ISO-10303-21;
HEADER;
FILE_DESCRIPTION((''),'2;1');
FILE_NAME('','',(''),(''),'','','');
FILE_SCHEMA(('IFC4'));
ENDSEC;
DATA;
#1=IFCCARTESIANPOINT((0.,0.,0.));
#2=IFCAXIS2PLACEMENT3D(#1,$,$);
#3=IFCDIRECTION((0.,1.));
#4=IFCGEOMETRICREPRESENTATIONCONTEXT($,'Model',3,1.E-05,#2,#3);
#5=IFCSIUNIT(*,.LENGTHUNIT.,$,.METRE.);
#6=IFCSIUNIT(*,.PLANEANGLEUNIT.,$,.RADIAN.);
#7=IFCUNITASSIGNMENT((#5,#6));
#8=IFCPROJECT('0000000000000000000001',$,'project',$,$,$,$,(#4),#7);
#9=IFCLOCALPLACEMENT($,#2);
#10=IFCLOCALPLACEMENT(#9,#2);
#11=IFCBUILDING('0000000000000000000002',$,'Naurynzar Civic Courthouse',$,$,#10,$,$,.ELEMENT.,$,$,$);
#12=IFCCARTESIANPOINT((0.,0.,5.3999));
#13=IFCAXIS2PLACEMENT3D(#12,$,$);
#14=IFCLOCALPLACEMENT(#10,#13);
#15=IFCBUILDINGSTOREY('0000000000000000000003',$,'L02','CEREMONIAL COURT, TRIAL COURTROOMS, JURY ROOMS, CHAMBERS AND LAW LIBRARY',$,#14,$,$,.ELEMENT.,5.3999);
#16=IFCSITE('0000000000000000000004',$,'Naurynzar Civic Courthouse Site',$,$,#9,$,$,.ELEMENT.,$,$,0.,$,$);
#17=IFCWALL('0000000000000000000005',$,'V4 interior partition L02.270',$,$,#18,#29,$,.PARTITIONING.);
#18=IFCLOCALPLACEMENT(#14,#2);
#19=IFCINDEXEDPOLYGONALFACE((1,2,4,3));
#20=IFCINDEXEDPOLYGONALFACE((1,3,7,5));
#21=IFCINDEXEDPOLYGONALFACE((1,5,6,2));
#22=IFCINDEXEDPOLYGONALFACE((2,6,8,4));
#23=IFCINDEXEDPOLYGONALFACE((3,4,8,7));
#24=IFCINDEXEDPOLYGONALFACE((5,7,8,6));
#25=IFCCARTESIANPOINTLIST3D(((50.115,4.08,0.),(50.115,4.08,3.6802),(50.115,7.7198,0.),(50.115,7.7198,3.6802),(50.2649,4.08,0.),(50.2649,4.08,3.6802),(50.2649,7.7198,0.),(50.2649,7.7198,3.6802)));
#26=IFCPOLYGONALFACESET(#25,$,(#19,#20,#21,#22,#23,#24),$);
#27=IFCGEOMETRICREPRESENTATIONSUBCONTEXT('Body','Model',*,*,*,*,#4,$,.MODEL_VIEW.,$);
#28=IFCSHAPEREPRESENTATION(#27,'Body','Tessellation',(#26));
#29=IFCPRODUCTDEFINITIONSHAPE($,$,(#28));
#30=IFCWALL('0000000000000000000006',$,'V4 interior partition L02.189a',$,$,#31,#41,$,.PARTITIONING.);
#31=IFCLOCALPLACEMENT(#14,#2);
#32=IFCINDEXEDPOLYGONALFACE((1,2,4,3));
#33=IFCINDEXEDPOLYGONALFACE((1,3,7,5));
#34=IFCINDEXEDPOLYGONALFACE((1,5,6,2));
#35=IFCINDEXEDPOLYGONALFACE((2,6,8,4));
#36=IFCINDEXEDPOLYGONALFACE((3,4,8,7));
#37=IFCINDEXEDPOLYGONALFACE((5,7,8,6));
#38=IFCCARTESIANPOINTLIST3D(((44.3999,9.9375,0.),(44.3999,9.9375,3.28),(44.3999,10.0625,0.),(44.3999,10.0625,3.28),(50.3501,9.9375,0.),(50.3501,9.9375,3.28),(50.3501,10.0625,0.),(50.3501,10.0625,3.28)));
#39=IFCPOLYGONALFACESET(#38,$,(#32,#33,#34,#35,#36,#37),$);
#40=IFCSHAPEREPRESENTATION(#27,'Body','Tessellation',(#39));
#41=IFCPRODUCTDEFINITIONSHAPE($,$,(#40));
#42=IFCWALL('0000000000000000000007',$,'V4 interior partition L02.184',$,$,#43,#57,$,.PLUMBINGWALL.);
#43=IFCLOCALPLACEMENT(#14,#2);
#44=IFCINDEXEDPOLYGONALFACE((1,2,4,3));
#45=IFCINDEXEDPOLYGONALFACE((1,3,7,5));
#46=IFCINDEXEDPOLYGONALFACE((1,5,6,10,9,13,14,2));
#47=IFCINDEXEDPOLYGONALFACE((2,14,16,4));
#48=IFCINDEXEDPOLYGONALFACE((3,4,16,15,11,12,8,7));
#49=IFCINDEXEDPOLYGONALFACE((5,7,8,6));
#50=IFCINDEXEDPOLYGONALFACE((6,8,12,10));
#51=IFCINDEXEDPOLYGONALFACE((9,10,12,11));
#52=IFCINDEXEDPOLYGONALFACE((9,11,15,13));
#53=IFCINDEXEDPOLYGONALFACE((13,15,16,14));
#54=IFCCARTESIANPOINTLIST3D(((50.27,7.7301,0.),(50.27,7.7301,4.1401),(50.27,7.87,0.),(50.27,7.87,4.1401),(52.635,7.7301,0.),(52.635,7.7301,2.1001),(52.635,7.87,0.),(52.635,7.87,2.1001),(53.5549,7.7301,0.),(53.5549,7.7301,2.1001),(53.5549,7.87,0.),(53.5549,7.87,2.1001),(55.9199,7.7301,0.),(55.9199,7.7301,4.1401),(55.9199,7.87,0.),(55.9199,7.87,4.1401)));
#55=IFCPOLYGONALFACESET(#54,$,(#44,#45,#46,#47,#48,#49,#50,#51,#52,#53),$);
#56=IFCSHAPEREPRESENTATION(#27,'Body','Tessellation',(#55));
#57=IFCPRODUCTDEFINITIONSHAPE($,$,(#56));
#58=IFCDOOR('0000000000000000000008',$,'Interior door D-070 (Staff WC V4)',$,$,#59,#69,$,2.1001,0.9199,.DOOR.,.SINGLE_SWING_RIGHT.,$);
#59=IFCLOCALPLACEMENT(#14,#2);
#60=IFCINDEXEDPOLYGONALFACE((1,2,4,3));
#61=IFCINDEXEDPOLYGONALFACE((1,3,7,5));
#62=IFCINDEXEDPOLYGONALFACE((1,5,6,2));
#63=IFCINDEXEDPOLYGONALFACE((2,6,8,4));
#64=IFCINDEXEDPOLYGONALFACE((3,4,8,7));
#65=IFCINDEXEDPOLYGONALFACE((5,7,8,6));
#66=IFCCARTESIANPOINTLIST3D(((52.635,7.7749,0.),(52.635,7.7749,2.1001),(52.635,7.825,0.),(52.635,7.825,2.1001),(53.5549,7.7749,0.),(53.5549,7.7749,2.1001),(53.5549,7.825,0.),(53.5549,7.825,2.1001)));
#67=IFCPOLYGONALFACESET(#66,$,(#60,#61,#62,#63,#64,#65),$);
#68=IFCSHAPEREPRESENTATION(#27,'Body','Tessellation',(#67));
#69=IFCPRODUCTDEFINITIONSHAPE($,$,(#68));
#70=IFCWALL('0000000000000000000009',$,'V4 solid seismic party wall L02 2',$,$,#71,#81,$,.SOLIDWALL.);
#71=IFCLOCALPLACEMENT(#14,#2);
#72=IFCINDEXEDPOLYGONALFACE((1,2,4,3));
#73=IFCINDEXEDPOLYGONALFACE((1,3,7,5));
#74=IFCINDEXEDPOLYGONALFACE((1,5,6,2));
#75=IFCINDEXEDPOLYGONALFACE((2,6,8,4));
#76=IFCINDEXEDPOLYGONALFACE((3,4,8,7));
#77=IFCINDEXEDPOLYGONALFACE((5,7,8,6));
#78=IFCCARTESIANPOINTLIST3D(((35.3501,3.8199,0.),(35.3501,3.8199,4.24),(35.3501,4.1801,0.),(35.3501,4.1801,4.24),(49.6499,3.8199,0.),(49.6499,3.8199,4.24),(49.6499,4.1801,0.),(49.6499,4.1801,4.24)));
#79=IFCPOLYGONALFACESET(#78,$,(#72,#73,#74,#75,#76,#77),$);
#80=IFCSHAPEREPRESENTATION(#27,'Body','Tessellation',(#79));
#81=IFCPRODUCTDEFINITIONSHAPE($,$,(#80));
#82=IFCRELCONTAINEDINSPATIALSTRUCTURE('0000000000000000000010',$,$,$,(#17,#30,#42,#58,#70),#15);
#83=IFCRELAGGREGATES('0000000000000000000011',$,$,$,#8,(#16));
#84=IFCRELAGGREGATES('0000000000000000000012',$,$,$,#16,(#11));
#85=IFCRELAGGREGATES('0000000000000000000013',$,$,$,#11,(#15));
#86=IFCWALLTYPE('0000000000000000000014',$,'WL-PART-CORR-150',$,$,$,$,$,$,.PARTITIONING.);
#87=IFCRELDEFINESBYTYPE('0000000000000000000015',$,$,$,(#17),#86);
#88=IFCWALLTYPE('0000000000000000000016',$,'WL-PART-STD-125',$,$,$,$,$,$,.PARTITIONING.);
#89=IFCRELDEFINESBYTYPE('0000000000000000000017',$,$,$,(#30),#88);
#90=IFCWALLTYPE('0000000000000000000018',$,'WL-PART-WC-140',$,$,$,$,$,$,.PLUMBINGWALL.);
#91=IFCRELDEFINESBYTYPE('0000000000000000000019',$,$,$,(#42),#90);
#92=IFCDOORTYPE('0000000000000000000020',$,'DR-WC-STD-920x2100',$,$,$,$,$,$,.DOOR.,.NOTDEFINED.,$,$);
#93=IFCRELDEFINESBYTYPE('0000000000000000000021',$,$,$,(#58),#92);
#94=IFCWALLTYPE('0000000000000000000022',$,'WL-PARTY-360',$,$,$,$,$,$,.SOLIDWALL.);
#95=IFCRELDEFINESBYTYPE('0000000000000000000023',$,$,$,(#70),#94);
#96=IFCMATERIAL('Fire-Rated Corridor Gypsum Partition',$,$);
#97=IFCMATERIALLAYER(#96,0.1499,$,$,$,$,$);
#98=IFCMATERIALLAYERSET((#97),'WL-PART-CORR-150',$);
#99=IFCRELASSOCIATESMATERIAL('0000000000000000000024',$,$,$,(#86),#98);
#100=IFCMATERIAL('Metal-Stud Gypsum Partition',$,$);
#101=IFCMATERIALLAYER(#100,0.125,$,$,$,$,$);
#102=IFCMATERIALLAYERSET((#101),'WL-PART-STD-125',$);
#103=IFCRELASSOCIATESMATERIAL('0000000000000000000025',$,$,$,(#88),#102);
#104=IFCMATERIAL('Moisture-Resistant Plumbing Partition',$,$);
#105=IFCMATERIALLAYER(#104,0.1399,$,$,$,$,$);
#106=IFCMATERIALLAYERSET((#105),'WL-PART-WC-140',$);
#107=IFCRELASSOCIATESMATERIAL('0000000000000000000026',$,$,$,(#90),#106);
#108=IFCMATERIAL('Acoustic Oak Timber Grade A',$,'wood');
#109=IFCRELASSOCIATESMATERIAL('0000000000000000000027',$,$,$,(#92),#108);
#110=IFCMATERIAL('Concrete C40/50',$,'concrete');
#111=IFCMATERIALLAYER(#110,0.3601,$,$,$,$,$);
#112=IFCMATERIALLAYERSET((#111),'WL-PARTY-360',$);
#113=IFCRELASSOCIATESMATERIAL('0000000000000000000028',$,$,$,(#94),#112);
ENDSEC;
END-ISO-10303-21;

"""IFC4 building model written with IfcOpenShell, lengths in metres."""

from ifc_helpers import new_model, si_unit, direction, frame, frame_2d, origin, place, context, subcontext, project, spatial, rectangle, extrude, material, layer, layer_set, type_object, element, fill, save


model = new_model("IFC4")

# Units and contexts
model_context = context("Model", 3, precision=1e-05, world=origin(), true_north=direction((0.0, 1.0)))
body_context = subcontext(model_context, "Body", "Model", "MODEL_VIEW")
ifc_project = project(units=[si_unit("LENGTHUNIT", "METRE"), si_unit("PLANEANGLEUNIT", "RADIAN")], contexts=[model_context])

# Site, building, storey
site_placement = place(None, origin())
site = spatial("IfcSite", under=ifc_project, at=site_placement, Name="Naurynzar Civic Courthouse Site", CompositionType="ELEMENT", RefElevation=0.0)
building_placement = place(site_placement, origin())
building = spatial("IfcBuilding", under=site, at=building_placement, Name="Naurynzar Civic Courthouse", CompositionType="ELEMENT")
storey_placement = place(building_placement, frame((0.0, 0.0, 5.3999)))
storey = spatial("IfcBuildingStorey", under=building, at=storey_placement, Name="L02", Description="CEREMONIAL COURT, TRIAL COURTROOMS, JURY ROOMS, CHAMBERS AND LAW LIBRARY", CompositionType="ELEMENT", Elevation=5.3999)

# Shared definitions
ifc_material_1 = material(Name="Fire-Rated Corridor Gypsum Partition")
ifc_layer_1 = layer(ifc_material_1, 0.1499)
ifc_layer_set_1 = layer_set([ifc_layer_1], Name="WL-PART-CORR-150")
wall_type_1 = type_object("IfcWallType", Name="WL-PART-CORR-150", PredefinedType="PARTITIONING", material=ifc_layer_set_1)

# Walls
wall_1_placement = place(storey_placement, frame((50.1899, 4.0801, 0.0), z_axis=(0.0, 0.0, 1.0), x_axis=(0.0, 1.0, 0.0)))
element("IfcWall", 1, at=wall_1_placement, inside=storey, type_object=wall_type_1, Name="V4 interior partition L02.270", PredefinedType="PARTITIONING", context=body_context, shape_type="SweptSolid", body=[
    extrude(rectangle(XDim=3.6399, YDim=0.1499, at=frame_2d((1.8198, 0.0))), origin(), (0.0, 0.0, 1.0), 3.6802),
])
ifc_material_2 = material(Name="Metal-Stud Gypsum Partition")
ifc_layer_2 = layer(ifc_material_2, 0.125)
ifc_layer_set_2 = layer_set([ifc_layer_2], Name="WL-PART-STD-125")
wall_type_2 = type_object("IfcWallType", Name="WL-PART-STD-125", PredefinedType="PARTITIONING", material=ifc_layer_set_2)
wall_2_placement = place(storey_placement, frame((44.3999, 10.0, 0.0), z_axis=(0.0, 0.0, 1.0), x_axis=(1.0, 0.0, 0.0)))
element("IfcWall", 2, at=wall_2_placement, inside=storey, type_object=wall_type_2, Name="V4 interior partition L02.189a", PredefinedType="PARTITIONING", context=body_context, shape_type="SweptSolid", body=[
    extrude(rectangle(XDim=5.9502, YDim=0.125, at=frame_2d((2.9751, 0.0))), origin(), (0.0, 0.0, 1.0), 3.28),
])

# Wall, opening, door
ifc_material_3 = material(Name="Moisture-Resistant Plumbing Partition")
ifc_layer_3 = layer(ifc_material_3, 0.1399)
ifc_layer_set_3 = layer_set([ifc_layer_3], Name="WL-PART-WC-140")
wall_type_3 = type_object("IfcWallType", Name="WL-PART-WC-140", PredefinedType="PLUMBINGWALL", material=ifc_layer_set_3)
wall_3_placement = place(storey_placement, frame((50.27, 7.8, 0.0), z_axis=(0.0, 0.0, 1.0), x_axis=(1.0, 0.0, 0.0)))
wall_3 = element("IfcWall", 3, at=wall_3_placement, inside=storey, type_object=wall_type_3, Name="V4 interior partition L02.184", PredefinedType="PLUMBINGWALL", context=body_context, shape_type="SweptSolid", body=[
    extrude(rectangle(XDim=5.6499, YDim=0.1399, at=frame_2d((2.825, 0.0))), origin(), (0.0, 0.0, 1.0), 4.1401),
])
opening_1_placement = place(wall_3_placement, frame((2.365, 0.0, 0.0)))
opening_1 = element("IfcOpeningElement", 4, at=opening_1_placement, cuts=wall_3, PredefinedType="OPENING", context=body_context, shape_type="SweptSolid", body=[
    extrude(rectangle(XDim=0.9199, YDim=2.1001, at=frame_2d((0.46, 1.05))), frame((0.0, 0.0798, 0.0), z_axis=(0.0, -1.0, 0.0), x_axis=(1.0, 0.0, 0.0)), (0.0, 0.0, 1.0), 0.1599),
])
ifc_material_4 = material(Name="Acoustic Oak Timber Grade A", Category="wood")
door_type_1 = type_object("IfcDoorType", Name="DR-WC-STD-920x2100", OperationType="NOTDEFINED", PredefinedType="DOOR", material=ifc_material_4)
door_1_placement = place(opening_1_placement, origin())
door_1 = element("IfcDoor", 5, at=door_1_placement, inside=storey, type_object=door_type_1, Name="Interior door D-070 (Staff WC V4)", OperationType="SINGLE_SWING_RIGHT", OverallHeight=2.1001, OverallWidth=0.9199, PredefinedType="DOOR", context=body_context, shape_type="SweptSolid", body=[
    extrude(rectangle(XDim=0.9199, YDim=2.1001, at=frame_2d((0.46, 1.05))), frame((0.0, 0.0249, 0.0), z_axis=(0.0, -1.0, 0.0), x_axis=(1.0, 0.0, 0.0)), (0.0, 0.0, 1.0), 0.05),
])
fill(opening_1, door_1)

# Wall
ifc_material_5 = material(Name="Concrete C40/50", Category="concrete")
ifc_layer_4 = layer(ifc_material_5, 0.3601)
ifc_layer_set_4 = layer_set([ifc_layer_4], Name="WL-PARTY-360")
wall_type_4 = type_object("IfcWallType", Name="WL-PARTY-360", PredefinedType="SOLIDWALL", material=ifc_layer_set_4)
wall_4_placement = place(storey_placement, frame((49.6499, 4.0, 0.0), z_axis=(0.0, 0.0, 1.0), x_axis=(-1.0, 0.0, 0.0)))
element("IfcWall", 6, at=wall_4_placement, inside=storey, type_object=wall_type_4, Name="V4 solid seismic party wall L02 2", PredefinedType="SOLIDWALL", context=body_context, shape_type="SweptSolid", body=[
    extrude(rectangle(XDim=14.2998, YDim=0.3601, at=frame_2d((7.1499, 0.0))), origin(), (0.0, 0.0, 1.0), 4.24),
])

save(model, "model.ifc")
